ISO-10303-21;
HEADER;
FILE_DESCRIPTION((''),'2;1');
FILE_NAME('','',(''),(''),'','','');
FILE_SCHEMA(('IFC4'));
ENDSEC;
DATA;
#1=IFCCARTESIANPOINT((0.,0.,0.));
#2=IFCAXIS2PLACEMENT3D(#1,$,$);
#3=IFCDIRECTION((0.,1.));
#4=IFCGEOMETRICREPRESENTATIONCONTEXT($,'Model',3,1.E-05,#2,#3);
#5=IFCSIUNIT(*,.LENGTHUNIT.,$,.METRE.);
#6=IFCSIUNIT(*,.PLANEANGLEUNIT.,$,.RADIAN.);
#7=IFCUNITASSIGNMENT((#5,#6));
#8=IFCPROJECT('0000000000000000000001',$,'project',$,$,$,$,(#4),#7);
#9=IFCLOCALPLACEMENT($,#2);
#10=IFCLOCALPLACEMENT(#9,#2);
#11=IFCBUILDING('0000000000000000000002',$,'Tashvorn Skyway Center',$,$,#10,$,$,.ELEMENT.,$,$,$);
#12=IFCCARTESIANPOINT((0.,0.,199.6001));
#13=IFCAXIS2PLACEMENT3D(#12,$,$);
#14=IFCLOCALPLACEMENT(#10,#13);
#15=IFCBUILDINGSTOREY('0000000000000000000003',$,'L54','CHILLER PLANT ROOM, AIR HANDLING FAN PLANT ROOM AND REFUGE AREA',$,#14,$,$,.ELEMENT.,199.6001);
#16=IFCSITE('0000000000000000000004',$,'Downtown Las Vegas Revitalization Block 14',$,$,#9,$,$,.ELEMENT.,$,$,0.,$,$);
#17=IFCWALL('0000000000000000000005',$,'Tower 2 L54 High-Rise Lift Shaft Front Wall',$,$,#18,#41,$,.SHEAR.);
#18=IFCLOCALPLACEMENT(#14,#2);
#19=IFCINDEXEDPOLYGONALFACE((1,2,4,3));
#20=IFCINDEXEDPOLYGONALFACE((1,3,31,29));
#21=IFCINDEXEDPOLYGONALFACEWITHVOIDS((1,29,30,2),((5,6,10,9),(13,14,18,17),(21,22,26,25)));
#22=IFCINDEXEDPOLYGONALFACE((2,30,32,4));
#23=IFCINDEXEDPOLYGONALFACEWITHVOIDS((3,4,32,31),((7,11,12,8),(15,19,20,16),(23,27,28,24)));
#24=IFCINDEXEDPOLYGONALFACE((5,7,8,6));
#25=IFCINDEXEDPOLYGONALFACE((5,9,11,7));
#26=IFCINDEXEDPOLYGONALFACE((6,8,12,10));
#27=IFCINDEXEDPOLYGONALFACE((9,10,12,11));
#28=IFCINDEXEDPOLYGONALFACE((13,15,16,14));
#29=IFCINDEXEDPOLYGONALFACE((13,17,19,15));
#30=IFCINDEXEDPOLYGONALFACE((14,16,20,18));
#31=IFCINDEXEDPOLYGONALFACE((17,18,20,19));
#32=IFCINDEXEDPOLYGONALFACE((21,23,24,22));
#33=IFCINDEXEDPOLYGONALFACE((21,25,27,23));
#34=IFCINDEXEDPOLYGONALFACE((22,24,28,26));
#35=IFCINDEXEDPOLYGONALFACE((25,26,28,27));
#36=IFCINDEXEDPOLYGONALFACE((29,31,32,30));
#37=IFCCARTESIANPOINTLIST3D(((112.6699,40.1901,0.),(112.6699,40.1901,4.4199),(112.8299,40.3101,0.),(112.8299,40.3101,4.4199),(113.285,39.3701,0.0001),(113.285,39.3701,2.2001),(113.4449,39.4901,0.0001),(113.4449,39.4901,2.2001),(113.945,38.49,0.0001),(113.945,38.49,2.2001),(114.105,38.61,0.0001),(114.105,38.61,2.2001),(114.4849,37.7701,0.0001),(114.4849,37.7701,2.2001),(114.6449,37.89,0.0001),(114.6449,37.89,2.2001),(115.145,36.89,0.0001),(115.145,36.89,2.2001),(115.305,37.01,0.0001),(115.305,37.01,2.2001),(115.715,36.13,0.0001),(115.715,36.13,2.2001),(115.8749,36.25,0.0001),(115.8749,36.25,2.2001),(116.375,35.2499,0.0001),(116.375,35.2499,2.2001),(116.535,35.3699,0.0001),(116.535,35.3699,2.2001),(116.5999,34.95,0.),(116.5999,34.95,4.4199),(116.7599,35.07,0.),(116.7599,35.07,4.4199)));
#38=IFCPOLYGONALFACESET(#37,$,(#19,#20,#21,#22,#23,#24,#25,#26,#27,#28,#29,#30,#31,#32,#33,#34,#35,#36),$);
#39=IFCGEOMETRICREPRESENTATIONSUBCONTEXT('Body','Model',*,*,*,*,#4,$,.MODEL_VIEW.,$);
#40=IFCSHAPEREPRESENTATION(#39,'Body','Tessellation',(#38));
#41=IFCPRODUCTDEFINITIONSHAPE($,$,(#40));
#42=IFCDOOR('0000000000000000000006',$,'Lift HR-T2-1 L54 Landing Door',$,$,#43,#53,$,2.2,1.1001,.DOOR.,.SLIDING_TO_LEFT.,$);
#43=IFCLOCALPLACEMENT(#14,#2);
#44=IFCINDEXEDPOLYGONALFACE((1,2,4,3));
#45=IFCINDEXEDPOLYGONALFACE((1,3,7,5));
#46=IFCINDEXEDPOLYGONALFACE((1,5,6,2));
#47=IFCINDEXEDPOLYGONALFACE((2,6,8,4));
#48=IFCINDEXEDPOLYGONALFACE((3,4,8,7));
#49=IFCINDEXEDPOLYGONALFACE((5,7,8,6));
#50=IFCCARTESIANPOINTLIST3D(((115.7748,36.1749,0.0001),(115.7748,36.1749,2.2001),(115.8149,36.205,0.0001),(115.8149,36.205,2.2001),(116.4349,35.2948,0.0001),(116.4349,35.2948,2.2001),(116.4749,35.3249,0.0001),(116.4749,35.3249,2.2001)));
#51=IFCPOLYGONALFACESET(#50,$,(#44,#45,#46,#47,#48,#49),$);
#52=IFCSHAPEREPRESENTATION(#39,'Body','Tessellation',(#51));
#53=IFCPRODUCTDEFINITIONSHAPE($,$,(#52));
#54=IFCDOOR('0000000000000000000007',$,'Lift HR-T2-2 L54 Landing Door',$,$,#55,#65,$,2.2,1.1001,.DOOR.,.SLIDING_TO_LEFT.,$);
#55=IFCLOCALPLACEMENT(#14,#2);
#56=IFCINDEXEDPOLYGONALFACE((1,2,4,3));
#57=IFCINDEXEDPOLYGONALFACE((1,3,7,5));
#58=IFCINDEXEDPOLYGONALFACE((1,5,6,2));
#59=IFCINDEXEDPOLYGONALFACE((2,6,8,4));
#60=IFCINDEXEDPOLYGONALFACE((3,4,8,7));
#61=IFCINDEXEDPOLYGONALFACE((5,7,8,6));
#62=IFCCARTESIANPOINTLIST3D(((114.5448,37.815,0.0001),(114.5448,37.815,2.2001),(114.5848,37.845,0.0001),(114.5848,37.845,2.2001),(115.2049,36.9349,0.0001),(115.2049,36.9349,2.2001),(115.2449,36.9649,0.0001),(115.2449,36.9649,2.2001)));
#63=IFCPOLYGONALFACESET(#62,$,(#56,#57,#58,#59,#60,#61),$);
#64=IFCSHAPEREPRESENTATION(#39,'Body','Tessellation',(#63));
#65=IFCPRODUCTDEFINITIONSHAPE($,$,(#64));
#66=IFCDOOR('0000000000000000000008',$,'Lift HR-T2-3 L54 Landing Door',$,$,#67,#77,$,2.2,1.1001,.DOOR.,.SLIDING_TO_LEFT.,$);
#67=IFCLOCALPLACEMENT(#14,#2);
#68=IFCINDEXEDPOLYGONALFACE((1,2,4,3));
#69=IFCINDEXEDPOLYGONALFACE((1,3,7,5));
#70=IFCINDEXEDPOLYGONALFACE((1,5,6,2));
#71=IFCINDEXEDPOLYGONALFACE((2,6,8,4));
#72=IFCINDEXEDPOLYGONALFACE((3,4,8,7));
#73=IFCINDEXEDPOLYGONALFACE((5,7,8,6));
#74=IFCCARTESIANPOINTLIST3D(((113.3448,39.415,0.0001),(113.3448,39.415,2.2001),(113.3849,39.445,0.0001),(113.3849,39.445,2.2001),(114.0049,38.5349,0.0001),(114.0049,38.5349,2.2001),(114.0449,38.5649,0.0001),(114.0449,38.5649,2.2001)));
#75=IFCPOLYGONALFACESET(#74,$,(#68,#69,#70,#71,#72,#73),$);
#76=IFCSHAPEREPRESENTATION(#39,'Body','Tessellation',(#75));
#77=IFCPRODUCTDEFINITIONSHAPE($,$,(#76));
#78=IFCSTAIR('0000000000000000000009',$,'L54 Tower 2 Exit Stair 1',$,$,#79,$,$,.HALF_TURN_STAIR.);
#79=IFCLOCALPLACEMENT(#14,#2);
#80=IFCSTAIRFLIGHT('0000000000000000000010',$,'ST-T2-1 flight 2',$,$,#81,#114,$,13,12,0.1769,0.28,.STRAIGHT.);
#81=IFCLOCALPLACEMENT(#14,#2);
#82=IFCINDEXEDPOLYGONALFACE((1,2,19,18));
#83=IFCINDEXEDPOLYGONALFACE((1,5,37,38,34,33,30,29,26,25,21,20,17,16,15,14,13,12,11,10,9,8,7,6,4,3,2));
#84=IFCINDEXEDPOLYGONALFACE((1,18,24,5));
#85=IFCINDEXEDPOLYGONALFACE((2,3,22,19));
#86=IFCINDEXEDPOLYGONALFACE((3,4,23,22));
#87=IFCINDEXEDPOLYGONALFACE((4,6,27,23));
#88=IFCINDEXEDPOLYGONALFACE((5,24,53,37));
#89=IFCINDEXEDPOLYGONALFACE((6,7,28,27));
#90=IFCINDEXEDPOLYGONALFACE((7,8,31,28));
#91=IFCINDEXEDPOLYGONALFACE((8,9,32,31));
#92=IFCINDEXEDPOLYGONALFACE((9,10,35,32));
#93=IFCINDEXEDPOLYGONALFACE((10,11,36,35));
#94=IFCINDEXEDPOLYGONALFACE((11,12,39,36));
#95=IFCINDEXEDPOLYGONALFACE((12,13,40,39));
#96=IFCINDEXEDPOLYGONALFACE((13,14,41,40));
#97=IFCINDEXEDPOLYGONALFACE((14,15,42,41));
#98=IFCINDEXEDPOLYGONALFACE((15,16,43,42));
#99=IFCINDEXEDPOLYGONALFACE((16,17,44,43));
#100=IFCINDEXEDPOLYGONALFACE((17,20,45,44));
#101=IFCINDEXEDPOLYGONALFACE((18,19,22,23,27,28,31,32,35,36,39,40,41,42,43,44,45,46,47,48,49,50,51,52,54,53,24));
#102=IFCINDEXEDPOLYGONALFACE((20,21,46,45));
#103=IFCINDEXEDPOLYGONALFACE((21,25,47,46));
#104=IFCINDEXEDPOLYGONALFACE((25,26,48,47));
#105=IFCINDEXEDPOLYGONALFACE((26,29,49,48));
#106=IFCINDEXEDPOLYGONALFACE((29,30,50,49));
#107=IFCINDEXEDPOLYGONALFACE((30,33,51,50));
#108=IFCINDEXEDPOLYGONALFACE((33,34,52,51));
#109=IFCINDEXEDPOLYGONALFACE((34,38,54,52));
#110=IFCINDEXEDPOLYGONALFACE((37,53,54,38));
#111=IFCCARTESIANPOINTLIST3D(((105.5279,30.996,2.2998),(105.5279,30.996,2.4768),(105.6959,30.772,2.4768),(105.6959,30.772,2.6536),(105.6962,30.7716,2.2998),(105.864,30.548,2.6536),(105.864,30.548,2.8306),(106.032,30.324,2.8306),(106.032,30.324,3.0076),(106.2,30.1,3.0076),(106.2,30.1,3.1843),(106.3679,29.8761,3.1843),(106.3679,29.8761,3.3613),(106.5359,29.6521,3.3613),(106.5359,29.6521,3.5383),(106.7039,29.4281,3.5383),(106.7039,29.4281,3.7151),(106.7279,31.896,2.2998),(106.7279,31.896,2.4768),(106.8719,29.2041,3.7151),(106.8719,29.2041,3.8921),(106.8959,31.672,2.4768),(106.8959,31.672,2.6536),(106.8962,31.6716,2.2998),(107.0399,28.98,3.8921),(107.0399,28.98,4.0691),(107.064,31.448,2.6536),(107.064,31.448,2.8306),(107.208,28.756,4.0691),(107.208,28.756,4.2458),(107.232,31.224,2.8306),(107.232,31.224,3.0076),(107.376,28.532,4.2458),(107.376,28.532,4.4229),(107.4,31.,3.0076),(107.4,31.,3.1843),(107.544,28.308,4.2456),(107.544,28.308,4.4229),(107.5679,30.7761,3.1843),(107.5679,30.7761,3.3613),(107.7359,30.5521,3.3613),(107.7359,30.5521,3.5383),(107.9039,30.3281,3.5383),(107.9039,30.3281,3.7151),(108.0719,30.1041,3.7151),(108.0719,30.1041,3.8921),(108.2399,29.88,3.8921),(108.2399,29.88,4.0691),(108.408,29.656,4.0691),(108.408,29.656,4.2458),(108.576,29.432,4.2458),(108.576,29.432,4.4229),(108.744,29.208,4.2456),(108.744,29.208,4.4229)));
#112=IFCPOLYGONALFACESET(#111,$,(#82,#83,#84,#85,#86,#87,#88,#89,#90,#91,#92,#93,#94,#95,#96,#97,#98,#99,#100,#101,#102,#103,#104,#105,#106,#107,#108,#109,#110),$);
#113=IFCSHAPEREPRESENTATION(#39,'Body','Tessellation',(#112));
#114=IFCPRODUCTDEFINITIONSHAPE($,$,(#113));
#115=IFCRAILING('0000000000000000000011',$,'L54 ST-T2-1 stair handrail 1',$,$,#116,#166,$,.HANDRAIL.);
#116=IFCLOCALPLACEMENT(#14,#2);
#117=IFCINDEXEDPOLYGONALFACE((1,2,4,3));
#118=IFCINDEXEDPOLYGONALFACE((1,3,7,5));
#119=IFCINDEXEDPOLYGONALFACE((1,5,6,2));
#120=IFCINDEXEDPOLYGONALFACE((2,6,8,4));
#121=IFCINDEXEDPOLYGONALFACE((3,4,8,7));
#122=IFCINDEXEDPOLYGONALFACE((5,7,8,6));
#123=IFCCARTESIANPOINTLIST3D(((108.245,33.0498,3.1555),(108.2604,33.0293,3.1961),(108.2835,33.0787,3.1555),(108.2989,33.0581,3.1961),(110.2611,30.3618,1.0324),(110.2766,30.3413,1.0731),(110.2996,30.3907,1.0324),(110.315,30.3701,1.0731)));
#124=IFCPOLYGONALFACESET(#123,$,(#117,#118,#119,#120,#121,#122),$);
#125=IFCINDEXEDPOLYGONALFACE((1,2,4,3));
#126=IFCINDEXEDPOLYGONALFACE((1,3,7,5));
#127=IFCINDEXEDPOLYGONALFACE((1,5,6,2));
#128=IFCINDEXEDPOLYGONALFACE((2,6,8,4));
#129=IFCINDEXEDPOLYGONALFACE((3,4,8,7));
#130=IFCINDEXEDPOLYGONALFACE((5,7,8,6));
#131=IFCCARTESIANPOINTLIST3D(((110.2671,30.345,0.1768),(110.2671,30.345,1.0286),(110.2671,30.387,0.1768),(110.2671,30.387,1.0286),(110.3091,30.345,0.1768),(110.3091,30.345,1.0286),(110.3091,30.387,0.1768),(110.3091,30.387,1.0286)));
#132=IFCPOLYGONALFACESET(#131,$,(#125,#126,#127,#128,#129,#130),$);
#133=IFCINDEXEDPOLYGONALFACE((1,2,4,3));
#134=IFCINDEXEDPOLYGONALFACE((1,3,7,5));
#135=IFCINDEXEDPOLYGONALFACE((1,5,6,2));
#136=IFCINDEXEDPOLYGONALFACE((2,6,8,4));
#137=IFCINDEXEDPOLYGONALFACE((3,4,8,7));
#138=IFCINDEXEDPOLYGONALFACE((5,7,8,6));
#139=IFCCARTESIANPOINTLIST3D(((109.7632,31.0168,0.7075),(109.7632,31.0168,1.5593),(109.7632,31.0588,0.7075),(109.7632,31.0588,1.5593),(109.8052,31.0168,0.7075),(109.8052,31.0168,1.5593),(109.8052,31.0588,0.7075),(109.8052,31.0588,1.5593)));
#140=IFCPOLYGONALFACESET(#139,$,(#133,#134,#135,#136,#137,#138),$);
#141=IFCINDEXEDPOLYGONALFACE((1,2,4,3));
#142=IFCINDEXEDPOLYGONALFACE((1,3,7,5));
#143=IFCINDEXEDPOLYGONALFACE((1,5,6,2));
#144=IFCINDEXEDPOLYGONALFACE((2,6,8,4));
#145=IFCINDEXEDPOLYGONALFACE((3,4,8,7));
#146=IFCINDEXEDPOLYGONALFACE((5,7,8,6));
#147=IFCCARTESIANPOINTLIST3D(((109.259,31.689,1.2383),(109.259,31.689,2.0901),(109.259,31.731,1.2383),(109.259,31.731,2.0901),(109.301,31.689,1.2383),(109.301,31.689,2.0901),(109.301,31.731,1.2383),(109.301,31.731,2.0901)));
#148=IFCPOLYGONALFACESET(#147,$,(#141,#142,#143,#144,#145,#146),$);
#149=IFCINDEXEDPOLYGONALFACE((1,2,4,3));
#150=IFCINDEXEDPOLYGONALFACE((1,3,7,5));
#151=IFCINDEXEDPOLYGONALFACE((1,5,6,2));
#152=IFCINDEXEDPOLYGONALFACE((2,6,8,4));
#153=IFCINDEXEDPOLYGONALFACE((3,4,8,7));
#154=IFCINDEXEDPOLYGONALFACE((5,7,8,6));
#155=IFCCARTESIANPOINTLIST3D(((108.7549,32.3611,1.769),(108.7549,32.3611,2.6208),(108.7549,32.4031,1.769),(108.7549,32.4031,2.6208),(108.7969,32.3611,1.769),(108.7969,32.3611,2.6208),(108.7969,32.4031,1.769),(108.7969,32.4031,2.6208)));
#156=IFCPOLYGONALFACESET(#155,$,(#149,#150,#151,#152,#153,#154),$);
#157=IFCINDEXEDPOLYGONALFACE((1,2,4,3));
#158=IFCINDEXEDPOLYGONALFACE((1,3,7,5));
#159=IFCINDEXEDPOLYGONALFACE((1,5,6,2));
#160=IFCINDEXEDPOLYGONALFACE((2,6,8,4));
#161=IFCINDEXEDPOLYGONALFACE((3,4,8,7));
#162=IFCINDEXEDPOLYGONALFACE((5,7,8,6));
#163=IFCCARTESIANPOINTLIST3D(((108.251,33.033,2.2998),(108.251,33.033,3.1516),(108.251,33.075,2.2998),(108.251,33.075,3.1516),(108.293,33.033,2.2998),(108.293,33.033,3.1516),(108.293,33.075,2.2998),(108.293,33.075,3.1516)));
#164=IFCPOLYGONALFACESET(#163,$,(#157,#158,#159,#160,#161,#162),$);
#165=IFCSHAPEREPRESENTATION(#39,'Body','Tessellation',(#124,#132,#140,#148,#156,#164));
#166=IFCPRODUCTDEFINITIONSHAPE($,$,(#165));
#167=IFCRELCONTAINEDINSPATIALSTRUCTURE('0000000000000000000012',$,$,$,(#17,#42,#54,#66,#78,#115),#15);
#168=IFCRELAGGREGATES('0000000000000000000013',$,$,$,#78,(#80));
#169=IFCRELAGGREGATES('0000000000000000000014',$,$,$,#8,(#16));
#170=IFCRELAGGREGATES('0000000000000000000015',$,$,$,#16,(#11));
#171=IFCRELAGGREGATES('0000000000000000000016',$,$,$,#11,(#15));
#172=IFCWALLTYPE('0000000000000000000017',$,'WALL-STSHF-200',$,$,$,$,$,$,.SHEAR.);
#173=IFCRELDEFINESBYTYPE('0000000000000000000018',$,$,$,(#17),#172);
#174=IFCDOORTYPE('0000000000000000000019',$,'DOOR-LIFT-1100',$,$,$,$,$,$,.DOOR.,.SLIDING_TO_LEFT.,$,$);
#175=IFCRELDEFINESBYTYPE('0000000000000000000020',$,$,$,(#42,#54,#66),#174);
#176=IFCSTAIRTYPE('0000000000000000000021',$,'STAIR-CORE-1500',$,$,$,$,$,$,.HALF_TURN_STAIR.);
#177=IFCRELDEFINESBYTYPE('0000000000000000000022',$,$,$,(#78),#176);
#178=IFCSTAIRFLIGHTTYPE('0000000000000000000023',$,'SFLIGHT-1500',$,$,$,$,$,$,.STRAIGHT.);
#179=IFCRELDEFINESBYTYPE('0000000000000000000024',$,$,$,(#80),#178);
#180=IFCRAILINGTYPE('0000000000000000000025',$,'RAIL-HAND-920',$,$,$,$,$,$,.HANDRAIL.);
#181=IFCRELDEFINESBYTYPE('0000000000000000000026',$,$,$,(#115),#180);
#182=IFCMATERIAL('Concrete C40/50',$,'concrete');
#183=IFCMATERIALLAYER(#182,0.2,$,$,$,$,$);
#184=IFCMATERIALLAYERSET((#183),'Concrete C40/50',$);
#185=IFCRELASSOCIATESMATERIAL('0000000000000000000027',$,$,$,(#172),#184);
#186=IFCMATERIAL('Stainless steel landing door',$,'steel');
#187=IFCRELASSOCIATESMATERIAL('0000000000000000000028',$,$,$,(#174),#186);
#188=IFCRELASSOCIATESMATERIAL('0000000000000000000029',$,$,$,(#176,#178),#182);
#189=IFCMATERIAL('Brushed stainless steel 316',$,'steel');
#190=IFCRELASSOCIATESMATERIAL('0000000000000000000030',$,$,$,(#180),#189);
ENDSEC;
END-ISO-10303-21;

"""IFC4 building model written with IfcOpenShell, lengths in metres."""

from ifc_helpers import new_model, si_unit, direction, frame, frame_2d, origin, origin_2d, place, context, subcontext, project, spatial, polyline, rectangle, outline, extrude, material, layer, layer_set, type_object, element, fill, aggregate, save


model = new_model("IFC4")

# Units and contexts
model_context = context("Model", 3, precision=1e-05, world=origin(), true_north=direction((0.0, 1.0)))
body_context = subcontext(model_context, "Body", "Model", "MODEL_VIEW")
ifc_project = project(units=[si_unit("LENGTHUNIT", "METRE"), si_unit("PLANEANGLEUNIT", "RADIAN")], contexts=[model_context])

# Site, building, storey
site_placement = place(None, origin())
site = spatial("IfcSite", under=ifc_project, at=site_placement, Name="Downtown Las Vegas Revitalization Block 14", CompositionType="ELEMENT", RefElevation=0.0)
building_placement = place(site_placement, origin())
building = spatial("IfcBuilding", under=site, at=building_placement, Name="Tashvorn Skyway Center", CompositionType="ELEMENT")
storey_placement = place(building_placement, frame((0.0, 0.0, 199.6001)))
storey = spatial("IfcBuildingStorey", under=building, at=storey_placement, Name="L54", Description="CHILLER PLANT ROOM, AIR HANDLING FAN PLANT ROOM AND REFUGE AREA", CompositionType="ELEMENT", Elevation=199.6001)

# Shared definitions
ifc_material_1 = material(Name="Concrete C40/50", Category="concrete")

# Wall, openings, doors
ifc_layer_1 = layer(ifc_material_1, 0.2)
ifc_layer_set_1 = layer_set([ifc_layer_1], Name="Concrete C40/50")
wall_type_1 = type_object("IfcWallType", Name="WALL-STSHF-200", PredefinedType="SHEAR", material=ifc_layer_set_1)
wall_1_placement = place(storey_placement, frame((112.75, 40.25, 0.0), z_axis=(0.0, 0.0, 1.0), x_axis=(0.599994, -0.800004, 0.0)))
wall_1 = element("IfcWall", 1, at=wall_1_placement, inside=storey, type_object=wall_type_1, Name="Tower 2 L54 High-Rise Lift Shaft Front Wall", PredefinedType="SHEAR", context=body_context, shape_type="SweptSolid", body=[
    extrude(rectangle(XDim=6.55, YDim=0.2, at=frame_2d((3.2749, 0.0))), origin(), (0.0, 0.0, 1.0), 4.4199),
])
opening_1_placement = place(wall_1_placement, frame((5.075, 0.0, 0.0)))
opening_1 = element("IfcOpeningElement", 2, at=opening_1_placement, cuts=wall_1, PredefinedType="OPENING", context=body_context, shape_type="SweptSolid", body=[
    extrude(rectangle(XDim=1.1001, YDim=2.2, at=frame_2d((0.55, 1.1001))), frame((0.0, 0.1099, 0.0), z_axis=(0.0, -1.0, 0.0), x_axis=(1.0, 0.0, 0.0)), (0.0, 0.0, 1.0), 0.22),
])
opening_2_placement = place(wall_1_placement, frame((3.0249, 0.0, 0.0)))
opening_2 = element("IfcOpeningElement", 3, at=opening_2_placement, cuts=wall_1, PredefinedType="OPENING", context=body_context, shape_type="SweptSolid", body=[
    extrude(rectangle(XDim=1.1001, YDim=2.2, at=frame_2d((0.55, 1.1001))), frame((0.0, 0.1099, 0.0), z_axis=(0.0, -1.0, 0.0), x_axis=(1.0, 0.0, 0.0)), (0.0, 0.0, 1.0), 0.22),
])
opening_3_placement = place(wall_1_placement, frame((1.0249, 0.0, 0.0)))
opening_3 = element("IfcOpeningElement", 4, at=opening_3_placement, cuts=wall_1, PredefinedType="OPENING", context=body_context, shape_type="SweptSolid", body=[
    extrude(rectangle(XDim=1.1001, YDim=2.2, at=frame_2d((0.55, 1.1001))), frame((0.0, 0.1099, 0.0), z_axis=(0.0, -1.0, 0.0), x_axis=(1.0, 0.0, 0.0)), (0.0, 0.0, 1.0), 0.22),
])
ifc_material_2 = material(Name="Stainless steel landing door", Category="steel")
door_type_1 = type_object("IfcDoorType", Name="DOOR-LIFT-1100", OperationType="SLIDING_TO_LEFT", PredefinedType="DOOR", material=ifc_material_2)
door_1_placement = place(opening_1_placement, origin())
door_1 = element("IfcDoor", 5, at=door_1_placement, inside=storey, type_object=door_type_1, Name="Lift HR-T2-1 L54 Landing Door", OperationType="SLIDING_TO_LEFT", OverallHeight=2.2, OverallWidth=1.1001, PredefinedType="DOOR", context=body_context, shape_type="SweptSolid", body=[
    extrude(rectangle(XDim=1.1001, YDim=2.2, at=frame_2d((0.55, 1.1001))), frame((0.0, 0.0249, 0.0), z_axis=(0.0, -1.0, 0.0), x_axis=(1.0, 0.0, 0.0)), (0.0, 0.0, 1.0), 0.05),
])
fill(opening_1, door_1)
door_2_placement = place(opening_2_placement, origin())
door_2 = element("IfcDoor", 6, at=door_2_placement, inside=storey, type_object=door_type_1, Name="Lift HR-T2-2 L54 Landing Door", OperationType="SLIDING_TO_LEFT", OverallHeight=2.2, OverallWidth=1.1001, PredefinedType="DOOR", context=body_context, shape_type="SweptSolid", body=[
    extrude(rectangle(XDim=1.1001, YDim=2.2, at=frame_2d((0.55, 1.1001))), frame((0.0, 0.0249, 0.0), z_axis=(0.0, -1.0, 0.0), x_axis=(1.0, 0.0, 0.0)), (0.0, 0.0, 1.0), 0.05),
])
fill(opening_2, door_2)
door_3_placement = place(opening_3_placement, origin())
door_3 = element("IfcDoor", 7, at=door_3_placement, inside=storey, type_object=door_type_1, Name="Lift HR-T2-3 L54 Landing Door", OperationType="SLIDING_TO_LEFT", OverallHeight=2.2, OverallWidth=1.1001, PredefinedType="DOOR", context=body_context, shape_type="SweptSolid", body=[
    extrude(rectangle(XDim=1.1001, YDim=2.2, at=frame_2d((0.55, 1.1001))), frame((0.0, 0.0249, 0.0), z_axis=(0.0, -1.0, 0.0), x_axis=(1.0, 0.0, 0.0)), (0.0, 0.0, 1.0), 0.05),
])
fill(opening_3, door_3)

# Stair, stair flight
stair_type = type_object("IfcStairType", Name="STAIR-CORE-1500", PredefinedType="HALF_TURN_STAIR", material=ifc_material_1)
stair_placement = place(storey_placement, origin())
stair = element("IfcStair", 8, at=stair_placement, inside=storey, type_object=stair_type, Name="L54 Tower 2 Exit Stair 1", PredefinedType="HALF_TURN_STAIR")
stair_flight_type = type_object("IfcStairFlightType", Name="SFLIGHT-1500", PredefinedType="STRAIGHT", material=ifc_material_1)
stair_flight_placement = place(storey_placement, frame((106.1279, 31.446, 2.2998), z_axis=(0.0, 0.0, 1.0), x_axis=(0.6, -0.8, 0.0)))
stair_flight = element("IfcStairFlight", 9, at=stair_flight_placement, type_object=stair_flight_type, Name="ST-T2-1 flight 2", NumberOfRisers=13, NumberOfTreads=12, PredefinedType="STRAIGHT", RiserHeight=0.1769, TreadLength=0.28, context=body_context, shape_type="SweptSolid", body=[
    extrude(outline(polyline([(0.0, 0.0), (0.0, 0.177), (0.28, 0.177), (0.28, 0.3538), (0.5601, 0.3538), (0.5601, 0.5308), (0.8401, 0.5308), (0.8401, 0.7078), (1.1201, 0.7078), (1.1201, 0.8845), (1.3999, 0.8845), (1.3999, 1.0615), (1.6799, 1.0615), (1.6799, 1.2385), (1.96, 1.2385), (1.96, 1.4153), (2.24, 1.4153), (2.24, 1.5923), (2.52, 1.5923), (2.52, 1.7693), (2.8, 1.7693), (2.8, 1.946), (3.0801, 1.946), (3.0801, 2.123), (3.3601, 2.123), (3.3601, 2.3), (3.3601, 1.9458), (0.2805, 0.0), (0.0, 0.0)])), frame((0.0, 0.75, 0.0), z_axis=(0.0, -1.0, 0.0), x_axis=(1.0, 0.0, 0.0)), (0.0, 0.0, 1.0), 1.5),
])
aggregate(stair, [stair_flight])

# Railing
ifc_material_3 = material(Name="Brushed stainless steel 316", Category="steel")
railing_type_1 = type_object("IfcRailingType", Name="RAIL-HAND-920", PredefinedType="HANDRAIL", material=ifc_material_3)
railing_1_placement = place(storey_placement, frame((110.2881, 30.366, 0.1768)))
element("IfcRailing", 10, at=railing_1_placement, inside=storey, type_object=railing_type_1, Name="L54 ST-T2-1 stair handrail 1", PredefinedType="HANDRAIL", context=body_context, shape_type="SweptSolid", body=[
    extrude(rectangle(XDim=0.0481, YDim=0.0481, at=origin_2d()), frame((0.0, 0.0, 0.876), z_axis=(-0.507251, 0.676294, 0.534156), x_axis=(-0.799983, -0.600023, 0.0)), (0.0, 0.0, 1.0), 3.9746),
    extrude(rectangle(XDim=0.042, YDim=0.042, at=origin_2d()), origin(), (0.0, 0.0, 1.0), 0.8518),
    extrude(rectangle(XDim=0.042, YDim=0.042, at=origin_2d()), frame((-0.5039, 0.6719, 0.5308)), (0.0, 0.0, 1.0), 0.8518),
    extrude(rectangle(XDim=0.042, YDim=0.042, at=origin_2d()), frame((-1.0081, 1.344, 1.0615)), (0.0, 0.0, 1.0), 0.8518),
    extrude(rectangle(XDim=0.042, YDim=0.042, at=origin_2d()), frame((-1.5122, 2.0161, 1.5923)), (0.0, 0.0, 1.0), 0.8518),
    extrude(rectangle(XDim=0.042, YDim=0.042, at=origin_2d()), frame((-2.0161, 2.688, 2.123)), (0.0, 0.0, 1.0), 0.8518),
])

save(model, "model.ifc")
